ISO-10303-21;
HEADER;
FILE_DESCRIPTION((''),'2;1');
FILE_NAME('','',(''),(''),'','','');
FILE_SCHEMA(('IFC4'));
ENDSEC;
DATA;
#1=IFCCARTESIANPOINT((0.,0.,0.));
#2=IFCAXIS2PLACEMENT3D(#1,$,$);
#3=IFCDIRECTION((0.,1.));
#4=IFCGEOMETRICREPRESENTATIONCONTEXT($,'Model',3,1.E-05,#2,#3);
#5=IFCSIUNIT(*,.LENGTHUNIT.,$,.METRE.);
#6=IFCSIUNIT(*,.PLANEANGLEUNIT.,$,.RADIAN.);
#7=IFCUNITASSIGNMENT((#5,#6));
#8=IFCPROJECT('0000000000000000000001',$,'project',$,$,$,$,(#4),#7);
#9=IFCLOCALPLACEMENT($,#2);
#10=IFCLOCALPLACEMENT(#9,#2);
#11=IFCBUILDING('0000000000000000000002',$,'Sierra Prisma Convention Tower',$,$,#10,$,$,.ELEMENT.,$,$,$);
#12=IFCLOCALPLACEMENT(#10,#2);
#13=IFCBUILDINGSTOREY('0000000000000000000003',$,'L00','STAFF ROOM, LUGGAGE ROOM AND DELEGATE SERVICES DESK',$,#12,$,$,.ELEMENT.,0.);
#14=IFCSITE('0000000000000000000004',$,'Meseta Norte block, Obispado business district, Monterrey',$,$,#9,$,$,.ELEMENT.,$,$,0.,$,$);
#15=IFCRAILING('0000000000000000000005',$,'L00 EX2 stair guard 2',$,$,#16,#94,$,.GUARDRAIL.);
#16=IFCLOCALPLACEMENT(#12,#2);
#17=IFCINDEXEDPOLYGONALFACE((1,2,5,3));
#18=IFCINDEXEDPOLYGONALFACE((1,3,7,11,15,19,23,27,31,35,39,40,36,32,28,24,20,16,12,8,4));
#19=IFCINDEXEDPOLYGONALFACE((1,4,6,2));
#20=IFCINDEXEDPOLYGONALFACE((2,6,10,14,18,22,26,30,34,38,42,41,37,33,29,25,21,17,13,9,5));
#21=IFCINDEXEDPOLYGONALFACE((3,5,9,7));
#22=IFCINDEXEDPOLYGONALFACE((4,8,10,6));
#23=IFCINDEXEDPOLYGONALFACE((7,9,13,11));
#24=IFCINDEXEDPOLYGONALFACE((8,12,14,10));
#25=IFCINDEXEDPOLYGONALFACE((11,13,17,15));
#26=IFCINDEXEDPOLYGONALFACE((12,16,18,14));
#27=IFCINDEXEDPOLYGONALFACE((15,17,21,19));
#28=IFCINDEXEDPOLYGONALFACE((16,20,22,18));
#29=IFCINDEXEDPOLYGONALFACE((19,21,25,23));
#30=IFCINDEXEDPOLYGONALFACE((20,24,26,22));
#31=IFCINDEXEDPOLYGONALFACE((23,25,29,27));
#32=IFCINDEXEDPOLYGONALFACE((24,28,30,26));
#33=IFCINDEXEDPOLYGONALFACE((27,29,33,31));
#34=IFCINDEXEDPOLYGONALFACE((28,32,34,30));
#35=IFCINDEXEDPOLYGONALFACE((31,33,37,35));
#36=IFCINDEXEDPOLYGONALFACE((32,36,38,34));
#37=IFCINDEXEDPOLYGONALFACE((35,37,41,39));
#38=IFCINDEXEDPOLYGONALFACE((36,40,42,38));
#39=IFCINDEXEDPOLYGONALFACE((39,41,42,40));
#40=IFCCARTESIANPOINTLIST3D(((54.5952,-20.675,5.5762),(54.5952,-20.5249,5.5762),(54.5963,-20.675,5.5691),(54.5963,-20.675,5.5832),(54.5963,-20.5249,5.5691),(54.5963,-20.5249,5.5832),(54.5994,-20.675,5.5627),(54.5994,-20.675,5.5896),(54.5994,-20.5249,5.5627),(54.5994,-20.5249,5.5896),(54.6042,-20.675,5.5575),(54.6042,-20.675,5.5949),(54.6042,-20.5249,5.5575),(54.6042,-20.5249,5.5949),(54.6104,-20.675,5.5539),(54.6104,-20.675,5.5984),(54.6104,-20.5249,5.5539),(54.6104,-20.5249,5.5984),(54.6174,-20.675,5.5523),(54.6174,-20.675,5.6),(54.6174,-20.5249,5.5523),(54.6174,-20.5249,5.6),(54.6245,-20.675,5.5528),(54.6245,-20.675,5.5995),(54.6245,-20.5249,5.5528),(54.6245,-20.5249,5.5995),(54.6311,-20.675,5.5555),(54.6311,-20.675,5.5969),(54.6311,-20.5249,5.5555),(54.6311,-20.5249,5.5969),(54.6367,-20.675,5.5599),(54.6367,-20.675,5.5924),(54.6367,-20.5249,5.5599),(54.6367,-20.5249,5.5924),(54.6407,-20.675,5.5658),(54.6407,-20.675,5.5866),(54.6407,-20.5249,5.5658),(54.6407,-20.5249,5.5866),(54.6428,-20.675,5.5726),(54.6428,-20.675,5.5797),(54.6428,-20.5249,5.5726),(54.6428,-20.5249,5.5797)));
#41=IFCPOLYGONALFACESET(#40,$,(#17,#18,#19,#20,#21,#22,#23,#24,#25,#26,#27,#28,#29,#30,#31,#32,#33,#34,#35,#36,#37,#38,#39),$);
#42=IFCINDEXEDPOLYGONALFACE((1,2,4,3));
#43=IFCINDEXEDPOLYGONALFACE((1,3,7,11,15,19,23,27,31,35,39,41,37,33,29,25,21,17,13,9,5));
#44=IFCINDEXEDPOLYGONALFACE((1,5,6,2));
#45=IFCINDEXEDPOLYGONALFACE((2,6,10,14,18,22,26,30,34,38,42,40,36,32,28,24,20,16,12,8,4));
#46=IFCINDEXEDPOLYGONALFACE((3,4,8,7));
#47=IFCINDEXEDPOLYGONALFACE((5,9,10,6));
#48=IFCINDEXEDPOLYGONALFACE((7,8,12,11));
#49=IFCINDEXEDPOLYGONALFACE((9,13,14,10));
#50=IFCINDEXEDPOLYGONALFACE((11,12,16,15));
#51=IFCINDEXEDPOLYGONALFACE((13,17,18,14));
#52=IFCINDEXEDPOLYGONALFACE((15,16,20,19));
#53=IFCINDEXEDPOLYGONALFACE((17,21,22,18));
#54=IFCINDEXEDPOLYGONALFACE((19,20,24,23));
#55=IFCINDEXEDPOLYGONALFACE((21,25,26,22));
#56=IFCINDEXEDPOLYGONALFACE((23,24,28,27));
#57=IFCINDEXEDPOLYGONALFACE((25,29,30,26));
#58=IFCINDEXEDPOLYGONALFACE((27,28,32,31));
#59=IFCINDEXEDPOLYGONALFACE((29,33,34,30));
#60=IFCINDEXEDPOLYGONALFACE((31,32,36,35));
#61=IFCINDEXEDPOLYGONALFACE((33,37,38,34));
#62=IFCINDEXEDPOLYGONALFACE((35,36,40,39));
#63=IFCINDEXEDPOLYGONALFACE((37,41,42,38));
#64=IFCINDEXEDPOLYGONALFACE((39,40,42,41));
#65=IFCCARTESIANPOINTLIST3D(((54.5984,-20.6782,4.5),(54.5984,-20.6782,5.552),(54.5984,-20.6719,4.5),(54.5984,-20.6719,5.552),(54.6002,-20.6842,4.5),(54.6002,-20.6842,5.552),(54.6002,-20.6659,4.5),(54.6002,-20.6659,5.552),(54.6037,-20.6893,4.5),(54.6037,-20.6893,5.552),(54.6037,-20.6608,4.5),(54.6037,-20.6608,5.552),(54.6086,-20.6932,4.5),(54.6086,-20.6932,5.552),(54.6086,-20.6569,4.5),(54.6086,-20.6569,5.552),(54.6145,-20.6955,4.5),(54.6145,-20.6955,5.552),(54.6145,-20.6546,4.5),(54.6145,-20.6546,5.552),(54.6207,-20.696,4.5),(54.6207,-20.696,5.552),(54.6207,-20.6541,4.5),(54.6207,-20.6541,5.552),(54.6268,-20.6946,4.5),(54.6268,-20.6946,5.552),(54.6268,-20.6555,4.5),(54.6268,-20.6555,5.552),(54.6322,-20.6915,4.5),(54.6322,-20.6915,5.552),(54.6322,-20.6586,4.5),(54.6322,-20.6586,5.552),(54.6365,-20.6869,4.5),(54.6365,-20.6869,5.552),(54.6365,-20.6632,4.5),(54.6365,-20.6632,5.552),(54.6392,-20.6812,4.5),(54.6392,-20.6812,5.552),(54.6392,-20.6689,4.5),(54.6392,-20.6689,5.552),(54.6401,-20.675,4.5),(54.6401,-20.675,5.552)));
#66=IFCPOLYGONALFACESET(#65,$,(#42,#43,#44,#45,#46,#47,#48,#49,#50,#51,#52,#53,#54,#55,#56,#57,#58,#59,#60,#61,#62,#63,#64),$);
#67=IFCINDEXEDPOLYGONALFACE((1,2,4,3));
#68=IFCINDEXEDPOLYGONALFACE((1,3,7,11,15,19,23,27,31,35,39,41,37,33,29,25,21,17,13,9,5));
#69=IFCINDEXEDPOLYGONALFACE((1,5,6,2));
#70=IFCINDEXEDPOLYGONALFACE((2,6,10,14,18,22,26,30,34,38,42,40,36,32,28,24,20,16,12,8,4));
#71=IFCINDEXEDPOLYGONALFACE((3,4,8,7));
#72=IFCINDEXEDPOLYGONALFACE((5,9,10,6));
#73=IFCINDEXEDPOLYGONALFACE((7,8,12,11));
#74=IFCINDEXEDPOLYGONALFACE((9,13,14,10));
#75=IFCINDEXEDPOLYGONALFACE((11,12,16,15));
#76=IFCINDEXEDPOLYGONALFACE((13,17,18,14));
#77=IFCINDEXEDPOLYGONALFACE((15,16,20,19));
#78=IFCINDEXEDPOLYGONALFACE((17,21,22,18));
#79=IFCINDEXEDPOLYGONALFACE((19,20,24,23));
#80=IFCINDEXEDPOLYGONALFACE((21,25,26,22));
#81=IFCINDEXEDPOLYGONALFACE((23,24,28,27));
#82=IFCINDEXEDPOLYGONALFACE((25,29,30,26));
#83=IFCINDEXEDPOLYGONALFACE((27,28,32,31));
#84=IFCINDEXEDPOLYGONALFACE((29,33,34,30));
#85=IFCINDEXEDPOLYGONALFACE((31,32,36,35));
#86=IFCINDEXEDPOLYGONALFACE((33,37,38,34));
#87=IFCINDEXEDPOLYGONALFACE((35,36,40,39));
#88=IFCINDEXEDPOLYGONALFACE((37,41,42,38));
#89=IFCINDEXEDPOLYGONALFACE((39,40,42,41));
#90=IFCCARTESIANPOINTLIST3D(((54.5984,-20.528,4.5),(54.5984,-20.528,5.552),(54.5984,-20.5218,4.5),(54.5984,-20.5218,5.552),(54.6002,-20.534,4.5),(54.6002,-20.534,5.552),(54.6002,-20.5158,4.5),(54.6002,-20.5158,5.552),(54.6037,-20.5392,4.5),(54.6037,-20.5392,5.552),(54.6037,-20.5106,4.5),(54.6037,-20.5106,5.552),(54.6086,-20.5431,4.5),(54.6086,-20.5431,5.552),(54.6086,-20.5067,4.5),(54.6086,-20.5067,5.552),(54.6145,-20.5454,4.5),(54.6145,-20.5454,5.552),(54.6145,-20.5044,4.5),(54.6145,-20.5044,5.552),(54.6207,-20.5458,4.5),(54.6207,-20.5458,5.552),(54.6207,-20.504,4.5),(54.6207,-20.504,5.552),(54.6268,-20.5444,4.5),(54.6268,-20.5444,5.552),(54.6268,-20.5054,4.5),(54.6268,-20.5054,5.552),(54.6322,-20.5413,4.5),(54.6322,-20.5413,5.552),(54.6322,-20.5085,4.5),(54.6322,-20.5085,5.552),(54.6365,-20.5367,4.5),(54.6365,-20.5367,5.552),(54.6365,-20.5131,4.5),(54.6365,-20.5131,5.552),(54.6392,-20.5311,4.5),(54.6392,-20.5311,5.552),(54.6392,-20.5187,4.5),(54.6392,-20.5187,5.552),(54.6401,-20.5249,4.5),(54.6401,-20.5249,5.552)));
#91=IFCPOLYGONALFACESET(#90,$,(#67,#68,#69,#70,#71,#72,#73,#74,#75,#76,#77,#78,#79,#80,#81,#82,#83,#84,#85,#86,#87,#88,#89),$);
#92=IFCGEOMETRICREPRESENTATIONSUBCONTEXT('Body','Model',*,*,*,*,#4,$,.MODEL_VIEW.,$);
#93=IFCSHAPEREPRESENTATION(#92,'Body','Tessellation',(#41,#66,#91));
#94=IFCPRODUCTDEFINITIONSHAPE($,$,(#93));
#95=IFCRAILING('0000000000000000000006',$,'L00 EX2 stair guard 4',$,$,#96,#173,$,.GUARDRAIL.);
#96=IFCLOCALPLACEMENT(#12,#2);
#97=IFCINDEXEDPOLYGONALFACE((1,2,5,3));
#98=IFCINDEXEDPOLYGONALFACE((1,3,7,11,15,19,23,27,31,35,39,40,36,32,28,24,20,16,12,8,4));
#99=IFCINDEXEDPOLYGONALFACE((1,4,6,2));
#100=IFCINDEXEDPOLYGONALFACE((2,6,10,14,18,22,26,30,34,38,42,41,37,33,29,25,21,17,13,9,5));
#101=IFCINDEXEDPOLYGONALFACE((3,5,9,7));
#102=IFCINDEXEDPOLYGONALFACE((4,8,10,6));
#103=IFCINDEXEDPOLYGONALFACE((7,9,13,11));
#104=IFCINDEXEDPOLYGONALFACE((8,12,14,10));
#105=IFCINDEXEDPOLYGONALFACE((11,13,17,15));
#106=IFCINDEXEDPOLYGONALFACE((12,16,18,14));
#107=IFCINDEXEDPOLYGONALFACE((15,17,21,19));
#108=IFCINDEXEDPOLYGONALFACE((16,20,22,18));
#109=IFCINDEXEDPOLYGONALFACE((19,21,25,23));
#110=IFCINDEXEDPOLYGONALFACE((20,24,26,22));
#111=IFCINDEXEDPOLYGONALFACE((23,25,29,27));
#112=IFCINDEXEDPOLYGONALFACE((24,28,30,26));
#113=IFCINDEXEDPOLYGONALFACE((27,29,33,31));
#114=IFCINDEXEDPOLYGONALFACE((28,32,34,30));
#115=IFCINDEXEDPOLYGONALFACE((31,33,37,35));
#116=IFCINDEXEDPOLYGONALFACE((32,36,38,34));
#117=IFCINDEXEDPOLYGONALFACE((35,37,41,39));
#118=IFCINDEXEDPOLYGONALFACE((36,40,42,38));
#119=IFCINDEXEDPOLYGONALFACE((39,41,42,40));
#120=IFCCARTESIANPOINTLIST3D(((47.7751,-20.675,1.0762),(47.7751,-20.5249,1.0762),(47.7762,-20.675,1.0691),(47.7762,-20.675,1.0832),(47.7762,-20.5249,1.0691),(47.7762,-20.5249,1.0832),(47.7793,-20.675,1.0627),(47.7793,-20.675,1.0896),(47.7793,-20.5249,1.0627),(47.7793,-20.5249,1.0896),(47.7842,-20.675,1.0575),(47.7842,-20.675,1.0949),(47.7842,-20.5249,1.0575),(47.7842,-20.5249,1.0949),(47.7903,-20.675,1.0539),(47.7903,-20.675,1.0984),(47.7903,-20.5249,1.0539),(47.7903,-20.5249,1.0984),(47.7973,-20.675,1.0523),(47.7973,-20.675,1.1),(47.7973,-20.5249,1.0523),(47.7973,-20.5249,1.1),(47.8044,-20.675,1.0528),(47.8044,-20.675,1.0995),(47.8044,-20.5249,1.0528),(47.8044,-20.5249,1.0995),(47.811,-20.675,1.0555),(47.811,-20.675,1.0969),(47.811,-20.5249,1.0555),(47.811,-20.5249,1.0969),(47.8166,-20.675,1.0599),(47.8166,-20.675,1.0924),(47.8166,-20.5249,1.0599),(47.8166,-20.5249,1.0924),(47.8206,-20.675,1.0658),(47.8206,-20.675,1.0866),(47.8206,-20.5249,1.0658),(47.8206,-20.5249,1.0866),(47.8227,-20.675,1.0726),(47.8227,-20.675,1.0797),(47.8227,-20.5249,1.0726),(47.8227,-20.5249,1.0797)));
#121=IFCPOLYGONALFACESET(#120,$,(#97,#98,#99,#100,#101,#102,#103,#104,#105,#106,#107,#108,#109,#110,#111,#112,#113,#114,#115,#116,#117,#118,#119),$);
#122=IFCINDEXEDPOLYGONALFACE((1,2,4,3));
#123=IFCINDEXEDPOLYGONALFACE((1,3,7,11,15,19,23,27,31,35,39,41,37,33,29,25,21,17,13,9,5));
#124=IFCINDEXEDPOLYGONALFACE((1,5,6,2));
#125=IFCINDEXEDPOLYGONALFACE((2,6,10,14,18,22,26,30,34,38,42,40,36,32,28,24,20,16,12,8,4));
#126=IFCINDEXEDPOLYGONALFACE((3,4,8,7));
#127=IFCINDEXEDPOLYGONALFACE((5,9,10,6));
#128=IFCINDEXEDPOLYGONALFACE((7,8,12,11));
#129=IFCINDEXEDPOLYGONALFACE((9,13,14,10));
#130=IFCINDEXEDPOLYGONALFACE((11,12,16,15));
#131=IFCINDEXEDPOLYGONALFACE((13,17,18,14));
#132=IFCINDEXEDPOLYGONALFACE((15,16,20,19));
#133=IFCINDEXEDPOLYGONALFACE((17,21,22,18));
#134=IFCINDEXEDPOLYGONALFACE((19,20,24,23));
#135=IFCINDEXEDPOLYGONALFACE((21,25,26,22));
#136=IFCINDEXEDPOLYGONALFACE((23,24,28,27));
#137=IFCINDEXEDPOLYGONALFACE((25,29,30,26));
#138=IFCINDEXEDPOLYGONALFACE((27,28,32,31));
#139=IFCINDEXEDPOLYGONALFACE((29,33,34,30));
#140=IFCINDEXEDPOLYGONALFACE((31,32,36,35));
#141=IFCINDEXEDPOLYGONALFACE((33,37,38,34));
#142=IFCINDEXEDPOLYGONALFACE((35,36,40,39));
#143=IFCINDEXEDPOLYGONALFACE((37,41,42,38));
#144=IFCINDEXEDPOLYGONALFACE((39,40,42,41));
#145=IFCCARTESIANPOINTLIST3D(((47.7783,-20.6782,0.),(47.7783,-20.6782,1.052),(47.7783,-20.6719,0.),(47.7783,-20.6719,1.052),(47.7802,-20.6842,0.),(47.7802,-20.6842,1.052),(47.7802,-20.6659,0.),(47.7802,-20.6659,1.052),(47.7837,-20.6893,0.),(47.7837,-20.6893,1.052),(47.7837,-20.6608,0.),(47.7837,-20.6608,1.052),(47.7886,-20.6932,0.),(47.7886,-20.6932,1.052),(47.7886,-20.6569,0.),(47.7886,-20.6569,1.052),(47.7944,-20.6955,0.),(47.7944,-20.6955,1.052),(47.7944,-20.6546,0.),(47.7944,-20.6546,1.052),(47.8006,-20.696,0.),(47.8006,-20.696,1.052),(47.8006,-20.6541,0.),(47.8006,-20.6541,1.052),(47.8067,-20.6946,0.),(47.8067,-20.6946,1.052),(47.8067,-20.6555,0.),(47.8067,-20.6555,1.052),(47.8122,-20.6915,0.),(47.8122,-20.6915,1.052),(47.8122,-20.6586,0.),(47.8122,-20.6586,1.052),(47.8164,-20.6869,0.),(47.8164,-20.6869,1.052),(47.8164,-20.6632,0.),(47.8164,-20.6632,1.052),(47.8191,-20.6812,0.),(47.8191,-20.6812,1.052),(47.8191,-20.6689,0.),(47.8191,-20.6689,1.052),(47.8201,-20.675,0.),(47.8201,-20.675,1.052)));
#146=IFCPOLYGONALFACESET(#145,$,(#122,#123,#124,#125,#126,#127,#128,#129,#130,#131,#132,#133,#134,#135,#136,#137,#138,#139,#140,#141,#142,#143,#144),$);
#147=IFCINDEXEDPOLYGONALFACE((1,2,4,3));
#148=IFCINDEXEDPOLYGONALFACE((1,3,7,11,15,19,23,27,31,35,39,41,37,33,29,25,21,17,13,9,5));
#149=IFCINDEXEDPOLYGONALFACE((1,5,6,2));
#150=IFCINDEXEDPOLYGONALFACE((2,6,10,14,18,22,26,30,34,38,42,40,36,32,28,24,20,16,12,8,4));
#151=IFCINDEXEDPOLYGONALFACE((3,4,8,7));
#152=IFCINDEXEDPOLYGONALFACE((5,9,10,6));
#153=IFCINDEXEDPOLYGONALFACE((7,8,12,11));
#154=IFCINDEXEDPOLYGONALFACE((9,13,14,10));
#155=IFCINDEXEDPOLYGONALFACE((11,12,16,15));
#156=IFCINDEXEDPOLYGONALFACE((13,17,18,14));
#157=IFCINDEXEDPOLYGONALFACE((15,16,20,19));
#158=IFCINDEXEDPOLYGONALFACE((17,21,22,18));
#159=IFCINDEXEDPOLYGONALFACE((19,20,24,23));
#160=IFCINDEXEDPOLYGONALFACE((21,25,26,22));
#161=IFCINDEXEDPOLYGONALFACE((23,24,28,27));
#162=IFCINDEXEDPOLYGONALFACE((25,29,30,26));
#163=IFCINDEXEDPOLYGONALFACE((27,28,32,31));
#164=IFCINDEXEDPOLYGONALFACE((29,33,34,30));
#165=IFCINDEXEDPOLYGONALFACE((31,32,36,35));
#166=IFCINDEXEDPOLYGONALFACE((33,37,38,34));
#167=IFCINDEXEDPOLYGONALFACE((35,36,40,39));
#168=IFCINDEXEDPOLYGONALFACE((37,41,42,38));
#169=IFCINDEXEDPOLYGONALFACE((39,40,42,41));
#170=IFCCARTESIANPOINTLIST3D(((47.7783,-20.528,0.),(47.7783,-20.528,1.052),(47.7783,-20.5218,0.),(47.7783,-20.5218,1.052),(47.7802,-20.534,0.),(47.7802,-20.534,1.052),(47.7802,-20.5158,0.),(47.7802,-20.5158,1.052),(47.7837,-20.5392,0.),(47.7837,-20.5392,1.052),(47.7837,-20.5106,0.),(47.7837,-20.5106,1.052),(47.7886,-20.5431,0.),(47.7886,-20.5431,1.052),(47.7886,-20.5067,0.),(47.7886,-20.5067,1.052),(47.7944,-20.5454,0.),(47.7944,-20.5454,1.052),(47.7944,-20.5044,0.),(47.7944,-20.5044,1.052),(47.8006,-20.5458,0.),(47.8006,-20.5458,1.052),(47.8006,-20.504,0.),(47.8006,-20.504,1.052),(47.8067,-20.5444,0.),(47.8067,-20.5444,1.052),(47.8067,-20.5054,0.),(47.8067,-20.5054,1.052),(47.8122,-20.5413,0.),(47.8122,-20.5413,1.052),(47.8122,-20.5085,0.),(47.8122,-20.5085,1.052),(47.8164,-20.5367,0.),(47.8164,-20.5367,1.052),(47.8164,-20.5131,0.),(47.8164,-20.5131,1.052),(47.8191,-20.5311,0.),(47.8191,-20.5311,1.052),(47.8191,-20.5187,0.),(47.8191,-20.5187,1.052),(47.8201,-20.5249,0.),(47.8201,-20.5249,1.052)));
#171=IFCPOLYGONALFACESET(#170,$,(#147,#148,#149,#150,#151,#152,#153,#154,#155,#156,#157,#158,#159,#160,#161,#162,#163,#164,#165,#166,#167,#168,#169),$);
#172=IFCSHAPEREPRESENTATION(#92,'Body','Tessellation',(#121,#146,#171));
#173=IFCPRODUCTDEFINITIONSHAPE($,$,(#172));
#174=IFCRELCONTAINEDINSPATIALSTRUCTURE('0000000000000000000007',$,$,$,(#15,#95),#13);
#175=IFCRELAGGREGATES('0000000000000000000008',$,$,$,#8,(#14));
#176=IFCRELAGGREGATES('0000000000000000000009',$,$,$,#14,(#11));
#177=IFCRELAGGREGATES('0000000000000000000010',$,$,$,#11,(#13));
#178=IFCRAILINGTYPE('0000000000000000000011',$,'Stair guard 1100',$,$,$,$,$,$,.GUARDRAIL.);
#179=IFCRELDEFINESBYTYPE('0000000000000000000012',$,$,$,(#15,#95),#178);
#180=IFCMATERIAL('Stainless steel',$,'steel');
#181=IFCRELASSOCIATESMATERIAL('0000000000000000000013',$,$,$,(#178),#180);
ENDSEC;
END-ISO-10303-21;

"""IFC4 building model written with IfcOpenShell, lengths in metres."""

from ifc_helpers import new_model, si_unit, direction, frame, origin, origin_2d, place, context, subcontext, project, spatial, circle, extrude, material, type_object, element, save


model = new_model("IFC4")

# Units and contexts
model_context = context("Model", 3, precision=1e-05, world=origin(), true_north=direction((0.0, 1.0)))
body_context = subcontext(model_context, "Body", "Model", "MODEL_VIEW")
ifc_project = project(units=[si_unit("LENGTHUNIT", "METRE"), si_unit("PLANEANGLEUNIT", "RADIAN")], contexts=[model_context])

# Site, building, storey
site_placement = place(None, origin())
site = spatial("IfcSite", under=ifc_project, at=site_placement, Name="Meseta Norte block, Obispado business district, Monterrey", CompositionType="ELEMENT", RefElevation=0.0)
building_placement = place(site_placement, origin())
building = spatial("IfcBuilding", under=site, at=building_placement, Name="Sierra Prisma Convention Tower", CompositionType="ELEMENT")
storey_placement = place(building_placement, origin())
storey = spatial("IfcBuildingStorey", under=building, at=storey_placement, Name="L00", Description="STAFF ROOM, LUGGAGE ROOM AND DELEGATE SERVICES DESK", CompositionType="ELEMENT", Elevation=0.0)

# Railings
ifc_material_1 = material(Name="Stainless steel", Category="steel")
railing_type_1 = type_object("IfcRailingType", Name="Stair guard 1100", PredefinedType="GUARDRAIL", material=ifc_material_1)
railing_1_placement = place(storey_placement, frame((54.6191, -20.675, 4.5)))
element("IfcRailing", 1, at=railing_1_placement, inside=storey, type_object=railing_type_1, Name="L00 EX2 stair guard 2", PredefinedType="GUARDRAIL", context=body_context, shape_type="SweptSolid", body=[
    extrude(circle(Radius=0.0239, at=origin_2d()), frame((0.0, 0.0, 1.0762), z_axis=(0.0, 1.0, 0.0), x_axis=(-1.0, 0.0, 0.0)), (0.0, 0.0, 1.0), 0.1501),
    extrude(circle(Radius=0.021, at=origin_2d()), origin(), (0.0, 0.0, 1.0), 1.052),
    extrude(circle(Radius=0.021, at=origin_2d()), frame((0.0, 0.1501, 0.0)), (0.0, 0.0, 1.0), 1.052),
])
railing_2_placement = place(storey_placement, frame((47.7991, -20.675, 0.0)))
element("IfcRailing", 2, at=railing_2_placement, inside=storey, type_object=railing_type_1, Name="L00 EX2 stair guard 4", PredefinedType="GUARDRAIL", context=body_context, shape_type="SweptSolid", body=[
    extrude(circle(Radius=0.0239, at=origin_2d()), frame((0.0, 0.0, 1.0762), z_axis=(0.0, 1.0, 0.0), x_axis=(-1.0, 0.0, 0.0)), (0.0, 0.0, 1.0), 0.1501),
    extrude(circle(Radius=0.021, at=origin_2d()), origin(), (0.0, 0.0, 1.0), 1.052),
    extrude(circle(Radius=0.021, at=origin_2d()), frame((0.0, 0.1501, 0.0)), (0.0, 0.0, 1.0), 1.052),
])

save(model, "model.ifc")
